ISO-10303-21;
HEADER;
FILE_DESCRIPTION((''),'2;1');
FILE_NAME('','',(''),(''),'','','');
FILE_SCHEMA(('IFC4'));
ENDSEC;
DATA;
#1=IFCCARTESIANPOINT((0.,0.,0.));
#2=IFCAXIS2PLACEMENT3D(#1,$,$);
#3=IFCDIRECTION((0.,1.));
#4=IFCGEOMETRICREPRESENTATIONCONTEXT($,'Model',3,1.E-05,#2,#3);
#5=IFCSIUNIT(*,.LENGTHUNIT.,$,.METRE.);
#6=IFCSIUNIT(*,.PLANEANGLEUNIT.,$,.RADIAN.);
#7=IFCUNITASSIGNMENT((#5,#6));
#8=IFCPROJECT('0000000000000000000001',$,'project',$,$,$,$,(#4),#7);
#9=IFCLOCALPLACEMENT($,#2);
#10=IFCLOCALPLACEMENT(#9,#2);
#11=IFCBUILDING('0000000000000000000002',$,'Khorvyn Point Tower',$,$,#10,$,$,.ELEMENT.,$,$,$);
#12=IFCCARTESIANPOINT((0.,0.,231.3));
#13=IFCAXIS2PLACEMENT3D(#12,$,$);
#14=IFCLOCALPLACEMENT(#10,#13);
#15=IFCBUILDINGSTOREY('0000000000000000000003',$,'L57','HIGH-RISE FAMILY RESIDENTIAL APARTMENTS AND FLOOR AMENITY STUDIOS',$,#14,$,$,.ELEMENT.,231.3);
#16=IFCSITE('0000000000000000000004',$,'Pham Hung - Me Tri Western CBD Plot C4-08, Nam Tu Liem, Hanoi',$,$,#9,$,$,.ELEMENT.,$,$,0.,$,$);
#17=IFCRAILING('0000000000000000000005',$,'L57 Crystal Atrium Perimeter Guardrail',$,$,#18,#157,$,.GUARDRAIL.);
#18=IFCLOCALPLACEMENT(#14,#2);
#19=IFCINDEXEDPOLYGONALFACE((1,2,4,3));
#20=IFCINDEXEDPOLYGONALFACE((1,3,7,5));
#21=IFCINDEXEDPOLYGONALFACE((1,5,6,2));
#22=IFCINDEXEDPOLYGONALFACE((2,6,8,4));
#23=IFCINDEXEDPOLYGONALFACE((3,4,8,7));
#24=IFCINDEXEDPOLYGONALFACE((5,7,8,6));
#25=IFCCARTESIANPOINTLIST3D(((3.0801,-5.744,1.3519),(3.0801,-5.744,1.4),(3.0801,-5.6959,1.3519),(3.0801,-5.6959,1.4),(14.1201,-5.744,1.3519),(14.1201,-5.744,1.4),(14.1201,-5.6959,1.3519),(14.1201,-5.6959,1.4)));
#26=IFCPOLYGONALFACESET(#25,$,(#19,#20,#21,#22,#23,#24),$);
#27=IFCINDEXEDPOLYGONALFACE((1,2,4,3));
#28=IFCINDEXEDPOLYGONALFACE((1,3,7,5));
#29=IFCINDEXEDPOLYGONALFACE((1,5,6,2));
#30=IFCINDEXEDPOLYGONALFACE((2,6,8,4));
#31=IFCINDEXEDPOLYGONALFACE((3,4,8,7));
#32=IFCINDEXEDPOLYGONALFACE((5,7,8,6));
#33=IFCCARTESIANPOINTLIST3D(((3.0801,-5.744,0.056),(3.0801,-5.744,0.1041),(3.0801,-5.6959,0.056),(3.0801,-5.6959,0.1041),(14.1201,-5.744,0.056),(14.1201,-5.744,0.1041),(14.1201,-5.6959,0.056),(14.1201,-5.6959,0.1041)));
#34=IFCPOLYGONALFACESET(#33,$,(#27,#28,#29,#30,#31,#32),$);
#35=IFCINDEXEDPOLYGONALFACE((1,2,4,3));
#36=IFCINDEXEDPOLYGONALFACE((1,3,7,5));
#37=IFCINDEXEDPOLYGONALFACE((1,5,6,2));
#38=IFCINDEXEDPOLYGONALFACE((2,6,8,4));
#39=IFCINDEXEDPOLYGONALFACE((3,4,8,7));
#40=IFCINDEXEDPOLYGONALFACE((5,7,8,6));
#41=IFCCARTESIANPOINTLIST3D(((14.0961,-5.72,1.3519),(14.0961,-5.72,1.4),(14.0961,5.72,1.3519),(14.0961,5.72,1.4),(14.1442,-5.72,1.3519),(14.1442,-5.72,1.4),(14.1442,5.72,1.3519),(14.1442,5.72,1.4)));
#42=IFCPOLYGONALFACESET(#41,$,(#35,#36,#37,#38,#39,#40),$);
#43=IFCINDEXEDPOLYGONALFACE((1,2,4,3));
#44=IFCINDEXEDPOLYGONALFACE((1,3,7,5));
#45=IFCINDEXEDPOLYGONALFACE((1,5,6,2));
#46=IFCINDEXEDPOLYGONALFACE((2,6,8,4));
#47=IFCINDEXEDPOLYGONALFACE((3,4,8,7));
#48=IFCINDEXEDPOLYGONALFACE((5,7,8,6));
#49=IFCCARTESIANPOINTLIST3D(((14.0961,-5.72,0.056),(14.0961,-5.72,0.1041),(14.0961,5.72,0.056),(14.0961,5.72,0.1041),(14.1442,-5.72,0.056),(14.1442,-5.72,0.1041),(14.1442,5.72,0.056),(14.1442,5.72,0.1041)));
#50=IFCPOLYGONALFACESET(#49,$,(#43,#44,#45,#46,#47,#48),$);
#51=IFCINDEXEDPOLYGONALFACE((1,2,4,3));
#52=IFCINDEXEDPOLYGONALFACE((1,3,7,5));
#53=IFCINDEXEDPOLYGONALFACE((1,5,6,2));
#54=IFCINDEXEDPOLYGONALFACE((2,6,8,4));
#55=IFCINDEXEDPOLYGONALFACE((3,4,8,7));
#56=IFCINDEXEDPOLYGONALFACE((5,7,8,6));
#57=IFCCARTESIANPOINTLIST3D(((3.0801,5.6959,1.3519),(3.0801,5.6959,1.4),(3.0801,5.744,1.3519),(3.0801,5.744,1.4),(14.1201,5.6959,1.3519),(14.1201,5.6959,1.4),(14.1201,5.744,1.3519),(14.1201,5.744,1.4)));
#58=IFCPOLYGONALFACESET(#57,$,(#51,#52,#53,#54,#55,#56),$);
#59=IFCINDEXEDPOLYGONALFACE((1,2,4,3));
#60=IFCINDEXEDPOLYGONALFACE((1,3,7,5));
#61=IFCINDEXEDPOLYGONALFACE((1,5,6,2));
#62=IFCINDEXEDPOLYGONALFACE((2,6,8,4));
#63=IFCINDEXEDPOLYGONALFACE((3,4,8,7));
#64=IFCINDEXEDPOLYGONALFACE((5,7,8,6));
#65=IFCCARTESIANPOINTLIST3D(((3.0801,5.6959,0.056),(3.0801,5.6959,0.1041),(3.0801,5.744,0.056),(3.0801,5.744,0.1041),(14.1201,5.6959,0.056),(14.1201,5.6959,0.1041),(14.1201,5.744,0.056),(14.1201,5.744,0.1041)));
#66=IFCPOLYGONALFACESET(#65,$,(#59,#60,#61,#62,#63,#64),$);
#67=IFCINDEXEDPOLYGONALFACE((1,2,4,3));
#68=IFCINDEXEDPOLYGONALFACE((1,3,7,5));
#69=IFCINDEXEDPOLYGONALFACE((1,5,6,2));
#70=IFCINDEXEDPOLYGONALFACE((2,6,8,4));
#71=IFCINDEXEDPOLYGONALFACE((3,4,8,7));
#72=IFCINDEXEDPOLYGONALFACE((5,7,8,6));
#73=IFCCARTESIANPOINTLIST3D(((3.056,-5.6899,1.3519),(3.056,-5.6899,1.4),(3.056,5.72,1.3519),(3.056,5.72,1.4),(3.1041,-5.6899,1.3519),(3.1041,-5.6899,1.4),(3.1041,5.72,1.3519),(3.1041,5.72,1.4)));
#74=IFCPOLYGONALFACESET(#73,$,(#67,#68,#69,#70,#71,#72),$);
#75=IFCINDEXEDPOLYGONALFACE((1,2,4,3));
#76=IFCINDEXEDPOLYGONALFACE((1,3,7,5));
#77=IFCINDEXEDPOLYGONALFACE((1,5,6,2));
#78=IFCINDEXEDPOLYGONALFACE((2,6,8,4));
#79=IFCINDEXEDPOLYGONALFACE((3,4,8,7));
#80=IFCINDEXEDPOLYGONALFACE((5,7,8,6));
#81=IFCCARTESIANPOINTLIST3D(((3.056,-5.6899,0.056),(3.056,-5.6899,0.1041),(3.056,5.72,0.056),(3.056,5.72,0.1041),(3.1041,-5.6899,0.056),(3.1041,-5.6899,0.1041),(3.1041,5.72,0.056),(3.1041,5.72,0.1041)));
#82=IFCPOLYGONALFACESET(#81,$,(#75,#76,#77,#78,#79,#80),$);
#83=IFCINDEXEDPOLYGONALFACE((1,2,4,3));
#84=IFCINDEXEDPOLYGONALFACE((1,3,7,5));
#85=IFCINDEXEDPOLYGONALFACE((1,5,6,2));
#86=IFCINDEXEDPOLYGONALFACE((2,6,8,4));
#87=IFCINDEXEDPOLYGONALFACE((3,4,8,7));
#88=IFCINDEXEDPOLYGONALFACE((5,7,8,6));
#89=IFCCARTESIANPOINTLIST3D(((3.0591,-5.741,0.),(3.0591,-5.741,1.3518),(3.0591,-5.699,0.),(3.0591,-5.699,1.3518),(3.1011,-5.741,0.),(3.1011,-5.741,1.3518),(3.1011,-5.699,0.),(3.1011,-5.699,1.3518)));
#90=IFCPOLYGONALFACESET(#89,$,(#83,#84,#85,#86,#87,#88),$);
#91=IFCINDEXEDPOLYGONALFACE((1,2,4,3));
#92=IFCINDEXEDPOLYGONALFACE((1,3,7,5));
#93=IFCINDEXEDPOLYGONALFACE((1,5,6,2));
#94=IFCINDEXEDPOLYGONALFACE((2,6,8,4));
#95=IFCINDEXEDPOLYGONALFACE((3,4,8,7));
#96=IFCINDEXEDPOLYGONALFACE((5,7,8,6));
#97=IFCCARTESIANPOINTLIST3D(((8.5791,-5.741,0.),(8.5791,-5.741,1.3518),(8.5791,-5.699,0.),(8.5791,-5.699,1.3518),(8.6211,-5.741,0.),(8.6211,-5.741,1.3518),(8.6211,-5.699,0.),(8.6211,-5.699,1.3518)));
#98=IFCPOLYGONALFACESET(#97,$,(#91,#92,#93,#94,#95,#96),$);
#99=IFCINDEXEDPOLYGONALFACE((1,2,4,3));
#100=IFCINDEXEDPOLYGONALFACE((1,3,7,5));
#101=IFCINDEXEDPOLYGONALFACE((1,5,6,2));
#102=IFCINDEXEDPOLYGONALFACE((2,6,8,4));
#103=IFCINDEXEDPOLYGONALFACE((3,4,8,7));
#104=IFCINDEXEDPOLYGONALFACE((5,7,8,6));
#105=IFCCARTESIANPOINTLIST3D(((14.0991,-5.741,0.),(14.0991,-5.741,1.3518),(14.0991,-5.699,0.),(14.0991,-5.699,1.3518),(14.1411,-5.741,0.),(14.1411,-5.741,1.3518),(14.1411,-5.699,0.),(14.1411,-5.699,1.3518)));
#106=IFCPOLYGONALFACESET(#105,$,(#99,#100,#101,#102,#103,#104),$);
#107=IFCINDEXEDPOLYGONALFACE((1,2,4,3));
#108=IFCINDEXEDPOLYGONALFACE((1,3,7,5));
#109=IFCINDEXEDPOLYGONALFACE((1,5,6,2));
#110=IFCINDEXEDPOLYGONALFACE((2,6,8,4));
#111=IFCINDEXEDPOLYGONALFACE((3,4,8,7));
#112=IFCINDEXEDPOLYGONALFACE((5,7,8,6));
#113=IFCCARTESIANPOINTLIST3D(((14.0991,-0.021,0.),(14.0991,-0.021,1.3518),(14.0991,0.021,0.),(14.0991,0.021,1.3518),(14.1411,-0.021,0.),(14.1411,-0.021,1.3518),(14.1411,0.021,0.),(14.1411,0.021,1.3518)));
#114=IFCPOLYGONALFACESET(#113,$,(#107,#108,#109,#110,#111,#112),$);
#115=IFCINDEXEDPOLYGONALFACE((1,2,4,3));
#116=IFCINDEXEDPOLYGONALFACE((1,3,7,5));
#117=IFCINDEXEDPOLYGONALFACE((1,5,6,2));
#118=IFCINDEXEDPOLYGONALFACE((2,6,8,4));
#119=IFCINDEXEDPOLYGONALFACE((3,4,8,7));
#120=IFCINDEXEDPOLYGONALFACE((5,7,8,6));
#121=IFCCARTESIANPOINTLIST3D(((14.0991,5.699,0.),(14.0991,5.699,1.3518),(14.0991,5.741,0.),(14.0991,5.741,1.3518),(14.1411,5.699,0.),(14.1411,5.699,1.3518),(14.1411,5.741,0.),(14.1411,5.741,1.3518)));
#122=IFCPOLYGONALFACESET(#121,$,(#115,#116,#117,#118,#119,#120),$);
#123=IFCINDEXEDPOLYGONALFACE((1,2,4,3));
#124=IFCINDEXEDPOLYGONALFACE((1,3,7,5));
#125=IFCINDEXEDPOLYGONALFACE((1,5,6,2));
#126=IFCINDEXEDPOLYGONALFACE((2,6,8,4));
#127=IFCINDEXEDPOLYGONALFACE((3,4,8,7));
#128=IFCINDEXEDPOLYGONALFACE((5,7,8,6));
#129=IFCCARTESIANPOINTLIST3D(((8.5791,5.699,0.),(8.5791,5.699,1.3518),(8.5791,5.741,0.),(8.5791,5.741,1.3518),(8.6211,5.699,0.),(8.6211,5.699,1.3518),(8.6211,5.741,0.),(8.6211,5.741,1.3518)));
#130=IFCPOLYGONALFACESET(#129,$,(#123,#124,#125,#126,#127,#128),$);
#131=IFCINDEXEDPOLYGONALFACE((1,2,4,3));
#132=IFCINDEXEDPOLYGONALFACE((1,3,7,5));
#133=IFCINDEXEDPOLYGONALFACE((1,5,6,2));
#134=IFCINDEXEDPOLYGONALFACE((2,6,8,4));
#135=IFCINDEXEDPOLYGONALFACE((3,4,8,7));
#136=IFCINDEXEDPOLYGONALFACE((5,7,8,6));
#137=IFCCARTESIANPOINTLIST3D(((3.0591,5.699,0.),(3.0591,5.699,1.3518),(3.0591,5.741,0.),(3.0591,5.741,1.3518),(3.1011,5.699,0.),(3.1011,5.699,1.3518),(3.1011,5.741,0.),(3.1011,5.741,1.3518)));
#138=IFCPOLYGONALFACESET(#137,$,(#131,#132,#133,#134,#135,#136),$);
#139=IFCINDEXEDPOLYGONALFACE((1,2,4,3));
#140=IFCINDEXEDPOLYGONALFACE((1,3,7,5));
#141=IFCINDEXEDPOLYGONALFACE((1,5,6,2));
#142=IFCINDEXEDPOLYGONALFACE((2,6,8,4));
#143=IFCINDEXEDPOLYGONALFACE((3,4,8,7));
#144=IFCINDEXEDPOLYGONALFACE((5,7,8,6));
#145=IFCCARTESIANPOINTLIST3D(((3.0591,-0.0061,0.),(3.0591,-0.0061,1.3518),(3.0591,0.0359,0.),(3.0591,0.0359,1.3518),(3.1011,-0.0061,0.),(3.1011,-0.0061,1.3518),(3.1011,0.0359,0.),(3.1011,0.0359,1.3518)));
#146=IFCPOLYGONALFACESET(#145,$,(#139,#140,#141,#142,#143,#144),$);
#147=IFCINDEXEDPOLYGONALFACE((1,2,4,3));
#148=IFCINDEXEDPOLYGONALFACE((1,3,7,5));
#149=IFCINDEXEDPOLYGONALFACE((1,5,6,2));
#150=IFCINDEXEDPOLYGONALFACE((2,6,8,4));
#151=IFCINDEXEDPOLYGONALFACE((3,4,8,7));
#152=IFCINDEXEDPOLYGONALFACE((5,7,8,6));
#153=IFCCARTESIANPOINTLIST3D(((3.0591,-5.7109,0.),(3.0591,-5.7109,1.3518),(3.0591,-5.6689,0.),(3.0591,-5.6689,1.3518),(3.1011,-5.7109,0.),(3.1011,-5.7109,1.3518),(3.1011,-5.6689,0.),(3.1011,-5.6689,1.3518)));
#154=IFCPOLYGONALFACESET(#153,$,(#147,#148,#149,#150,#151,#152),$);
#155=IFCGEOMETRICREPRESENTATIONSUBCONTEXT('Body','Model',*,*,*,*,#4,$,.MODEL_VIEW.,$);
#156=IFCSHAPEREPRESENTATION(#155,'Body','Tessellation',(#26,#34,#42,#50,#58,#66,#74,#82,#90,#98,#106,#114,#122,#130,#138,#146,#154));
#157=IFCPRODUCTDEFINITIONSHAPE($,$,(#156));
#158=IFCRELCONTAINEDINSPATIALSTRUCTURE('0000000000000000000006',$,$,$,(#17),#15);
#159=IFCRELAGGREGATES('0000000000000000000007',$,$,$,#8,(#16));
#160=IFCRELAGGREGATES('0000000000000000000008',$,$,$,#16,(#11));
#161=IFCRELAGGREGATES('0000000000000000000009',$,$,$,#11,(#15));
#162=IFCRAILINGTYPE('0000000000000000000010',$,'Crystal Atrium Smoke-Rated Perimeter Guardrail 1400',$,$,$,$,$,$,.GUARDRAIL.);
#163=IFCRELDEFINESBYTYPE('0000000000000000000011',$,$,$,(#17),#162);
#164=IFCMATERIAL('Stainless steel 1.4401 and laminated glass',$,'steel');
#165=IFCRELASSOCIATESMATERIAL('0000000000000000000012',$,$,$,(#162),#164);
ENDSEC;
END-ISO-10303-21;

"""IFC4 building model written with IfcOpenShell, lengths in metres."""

from ifc_helpers import new_model, si_unit, direction, frame, origin, origin_2d, place, context, subcontext, project, spatial, rectangle, extrude, material, type_object, element, save


model = new_model("IFC4")

# Units and contexts
model_context = context("Model", 3, precision=1e-05, world=origin(), true_north=direction((0.0, 1.0)))
body_context = subcontext(model_context, "Body", "Model", "MODEL_VIEW")
ifc_project = project(units=[si_unit("LENGTHUNIT", "METRE"), si_unit("PLANEANGLEUNIT", "RADIAN")], contexts=[model_context])

# Site, building, storey
site_placement = place(None, origin())
site = spatial("IfcSite", under=ifc_project, at=site_placement, Name="Pham Hung - Me Tri Western CBD Plot C4-08, Nam Tu Liem, Hanoi", CompositionType="ELEMENT", RefElevation=0.0)
building_placement = place(site_placement, origin())
building = spatial("IfcBuilding", under=site, at=building_placement, Name="Khorvyn Point Tower", CompositionType="ELEMENT")
storey_placement = place(building_placement, frame((0.0, 0.0, 231.3)))
storey = spatial("IfcBuildingStorey", under=building, at=storey_placement, Name="L57", Description="HIGH-RISE FAMILY RESIDENTIAL APARTMENTS AND FLOOR AMENITY STUDIOS", CompositionType="ELEMENT", Elevation=231.3)

# Railing
ifc_material_1 = material(Name="Stainless steel 1.4401 and laminated glass", Category="steel")
railing_type = type_object("IfcRailingType", Name="Crystal Atrium Smoke-Rated Perimeter Guardrail 1400", PredefinedType="GUARDRAIL", material=ifc_material_1)
railing_placement = place(storey_placement, frame((3.0801, -5.72, 0.0)))
element("IfcRailing", 1, at=railing_placement, inside=storey, type_object=railing_type, Name="L57 Crystal Atrium Perimeter Guardrail", PredefinedType="GUARDRAIL", context=body_context, shape_type="SweptSolid", body=[
    extrude(rectangle(XDim=0.0481, YDim=0.0481, at=origin_2d()), frame((0.0, 0.0, 1.376), z_axis=(1.0, 0.0, 0.0), x_axis=(0.0, 1.0, 0.0)), (0.0, 0.0, 1.0), 11.04),
    extrude(rectangle(XDim=0.0481, YDim=0.0481, at=origin_2d()), frame((0.0, 0.0, 0.0801), z_axis=(1.0, 0.0, 0.0), x_axis=(0.0, 1.0, 0.0)), (0.0, 0.0, 1.0), 11.04),
    extrude(rectangle(XDim=0.0481, YDim=0.0481, at=origin_2d()), frame((11.04, 0.0, 1.376), z_axis=(0.0, 1.0, 0.0), x_axis=(-1.0, 0.0, 0.0)), (0.0, 0.0, 1.0), 11.4399),
    extrude(rectangle(XDim=0.0481, YDim=0.0481, at=origin_2d()), frame((11.04, 0.0, 0.0801), z_axis=(0.0, 1.0, 0.0), x_axis=(-1.0, 0.0, 0.0)), (0.0, 0.0, 1.0), 11.4399),
    extrude(rectangle(XDim=0.0481, YDim=0.0481, at=origin_2d()), frame((11.04, 11.4399, 1.376), z_axis=(-1.0, 0.0, 0.0), x_axis=(0.0, -1.0, 0.0)), (0.0, 0.0, 1.0), 11.04),
    extrude(rectangle(XDim=0.0481, YDim=0.0481, at=origin_2d()), frame((11.04, 11.4399, 0.0801), z_axis=(-1.0, 0.0, 0.0), x_axis=(0.0, -1.0, 0.0)), (0.0, 0.0, 1.0), 11.04),
    extrude(rectangle(XDim=0.0481, YDim=0.0481, at=origin_2d()), frame((0.0, 11.4399, 1.376), z_axis=(0.0, -1.0, 0.0), x_axis=(1.0, 0.0, 0.0)), (0.0, 0.0, 1.0), 11.4099),
    extrude(rectangle(XDim=0.0481, YDim=0.0481, at=origin_2d()), frame((0.0, 11.4399, 0.0801), z_axis=(0.0, -1.0, 0.0), x_axis=(1.0, 0.0, 0.0)), (0.0, 0.0, 1.0), 11.4099),
    extrude(rectangle(XDim=0.042, YDim=0.042, at=origin_2d()), origin(), (0.0, 0.0, 1.0), 1.3518),
    extrude(rectangle(XDim=0.042, YDim=0.042, at=origin_2d()), frame((5.52, 0.0, 0.0)), (0.0, 0.0, 1.0), 1.3518),
    extrude(rectangle(XDim=0.042, YDim=0.042, at=origin_2d()), frame((11.04, 0.0, 0.0)), (0.0, 0.0, 1.0), 1.3518),
    extrude(rectangle(XDim=0.042, YDim=0.042, at=origin_2d()), frame((11.04, 5.72, 0.0)), (0.0, 0.0, 1.0), 1.3518),
    extrude(rectangle(XDim=0.042, YDim=0.042, at=origin_2d()), frame((11.04, 11.4399, 0.0)), (0.0, 0.0, 1.0), 1.3518),
    extrude(rectangle(XDim=0.042, YDim=0.042, at=origin_2d()), frame((5.52, 11.4399, 0.0)), (0.0, 0.0, 1.0), 1.3518),
    extrude(rectangle(XDim=0.042, YDim=0.042, at=origin_2d()), frame((0.0, 11.4399, 0.0)), (0.0, 0.0, 1.0), 1.3518),
    extrude(rectangle(XDim=0.042, YDim=0.042, at=origin_2d()), frame((0.0, 5.7349, 0.0)), (0.0, 0.0, 1.0), 1.3518),
    extrude(rectangle(XDim=0.042, YDim=0.042, at=origin_2d()), frame((0.0, 0.03, 0.0)), (0.0, 0.0, 1.0), 1.3518),
])

save(model, "model.ifc")
